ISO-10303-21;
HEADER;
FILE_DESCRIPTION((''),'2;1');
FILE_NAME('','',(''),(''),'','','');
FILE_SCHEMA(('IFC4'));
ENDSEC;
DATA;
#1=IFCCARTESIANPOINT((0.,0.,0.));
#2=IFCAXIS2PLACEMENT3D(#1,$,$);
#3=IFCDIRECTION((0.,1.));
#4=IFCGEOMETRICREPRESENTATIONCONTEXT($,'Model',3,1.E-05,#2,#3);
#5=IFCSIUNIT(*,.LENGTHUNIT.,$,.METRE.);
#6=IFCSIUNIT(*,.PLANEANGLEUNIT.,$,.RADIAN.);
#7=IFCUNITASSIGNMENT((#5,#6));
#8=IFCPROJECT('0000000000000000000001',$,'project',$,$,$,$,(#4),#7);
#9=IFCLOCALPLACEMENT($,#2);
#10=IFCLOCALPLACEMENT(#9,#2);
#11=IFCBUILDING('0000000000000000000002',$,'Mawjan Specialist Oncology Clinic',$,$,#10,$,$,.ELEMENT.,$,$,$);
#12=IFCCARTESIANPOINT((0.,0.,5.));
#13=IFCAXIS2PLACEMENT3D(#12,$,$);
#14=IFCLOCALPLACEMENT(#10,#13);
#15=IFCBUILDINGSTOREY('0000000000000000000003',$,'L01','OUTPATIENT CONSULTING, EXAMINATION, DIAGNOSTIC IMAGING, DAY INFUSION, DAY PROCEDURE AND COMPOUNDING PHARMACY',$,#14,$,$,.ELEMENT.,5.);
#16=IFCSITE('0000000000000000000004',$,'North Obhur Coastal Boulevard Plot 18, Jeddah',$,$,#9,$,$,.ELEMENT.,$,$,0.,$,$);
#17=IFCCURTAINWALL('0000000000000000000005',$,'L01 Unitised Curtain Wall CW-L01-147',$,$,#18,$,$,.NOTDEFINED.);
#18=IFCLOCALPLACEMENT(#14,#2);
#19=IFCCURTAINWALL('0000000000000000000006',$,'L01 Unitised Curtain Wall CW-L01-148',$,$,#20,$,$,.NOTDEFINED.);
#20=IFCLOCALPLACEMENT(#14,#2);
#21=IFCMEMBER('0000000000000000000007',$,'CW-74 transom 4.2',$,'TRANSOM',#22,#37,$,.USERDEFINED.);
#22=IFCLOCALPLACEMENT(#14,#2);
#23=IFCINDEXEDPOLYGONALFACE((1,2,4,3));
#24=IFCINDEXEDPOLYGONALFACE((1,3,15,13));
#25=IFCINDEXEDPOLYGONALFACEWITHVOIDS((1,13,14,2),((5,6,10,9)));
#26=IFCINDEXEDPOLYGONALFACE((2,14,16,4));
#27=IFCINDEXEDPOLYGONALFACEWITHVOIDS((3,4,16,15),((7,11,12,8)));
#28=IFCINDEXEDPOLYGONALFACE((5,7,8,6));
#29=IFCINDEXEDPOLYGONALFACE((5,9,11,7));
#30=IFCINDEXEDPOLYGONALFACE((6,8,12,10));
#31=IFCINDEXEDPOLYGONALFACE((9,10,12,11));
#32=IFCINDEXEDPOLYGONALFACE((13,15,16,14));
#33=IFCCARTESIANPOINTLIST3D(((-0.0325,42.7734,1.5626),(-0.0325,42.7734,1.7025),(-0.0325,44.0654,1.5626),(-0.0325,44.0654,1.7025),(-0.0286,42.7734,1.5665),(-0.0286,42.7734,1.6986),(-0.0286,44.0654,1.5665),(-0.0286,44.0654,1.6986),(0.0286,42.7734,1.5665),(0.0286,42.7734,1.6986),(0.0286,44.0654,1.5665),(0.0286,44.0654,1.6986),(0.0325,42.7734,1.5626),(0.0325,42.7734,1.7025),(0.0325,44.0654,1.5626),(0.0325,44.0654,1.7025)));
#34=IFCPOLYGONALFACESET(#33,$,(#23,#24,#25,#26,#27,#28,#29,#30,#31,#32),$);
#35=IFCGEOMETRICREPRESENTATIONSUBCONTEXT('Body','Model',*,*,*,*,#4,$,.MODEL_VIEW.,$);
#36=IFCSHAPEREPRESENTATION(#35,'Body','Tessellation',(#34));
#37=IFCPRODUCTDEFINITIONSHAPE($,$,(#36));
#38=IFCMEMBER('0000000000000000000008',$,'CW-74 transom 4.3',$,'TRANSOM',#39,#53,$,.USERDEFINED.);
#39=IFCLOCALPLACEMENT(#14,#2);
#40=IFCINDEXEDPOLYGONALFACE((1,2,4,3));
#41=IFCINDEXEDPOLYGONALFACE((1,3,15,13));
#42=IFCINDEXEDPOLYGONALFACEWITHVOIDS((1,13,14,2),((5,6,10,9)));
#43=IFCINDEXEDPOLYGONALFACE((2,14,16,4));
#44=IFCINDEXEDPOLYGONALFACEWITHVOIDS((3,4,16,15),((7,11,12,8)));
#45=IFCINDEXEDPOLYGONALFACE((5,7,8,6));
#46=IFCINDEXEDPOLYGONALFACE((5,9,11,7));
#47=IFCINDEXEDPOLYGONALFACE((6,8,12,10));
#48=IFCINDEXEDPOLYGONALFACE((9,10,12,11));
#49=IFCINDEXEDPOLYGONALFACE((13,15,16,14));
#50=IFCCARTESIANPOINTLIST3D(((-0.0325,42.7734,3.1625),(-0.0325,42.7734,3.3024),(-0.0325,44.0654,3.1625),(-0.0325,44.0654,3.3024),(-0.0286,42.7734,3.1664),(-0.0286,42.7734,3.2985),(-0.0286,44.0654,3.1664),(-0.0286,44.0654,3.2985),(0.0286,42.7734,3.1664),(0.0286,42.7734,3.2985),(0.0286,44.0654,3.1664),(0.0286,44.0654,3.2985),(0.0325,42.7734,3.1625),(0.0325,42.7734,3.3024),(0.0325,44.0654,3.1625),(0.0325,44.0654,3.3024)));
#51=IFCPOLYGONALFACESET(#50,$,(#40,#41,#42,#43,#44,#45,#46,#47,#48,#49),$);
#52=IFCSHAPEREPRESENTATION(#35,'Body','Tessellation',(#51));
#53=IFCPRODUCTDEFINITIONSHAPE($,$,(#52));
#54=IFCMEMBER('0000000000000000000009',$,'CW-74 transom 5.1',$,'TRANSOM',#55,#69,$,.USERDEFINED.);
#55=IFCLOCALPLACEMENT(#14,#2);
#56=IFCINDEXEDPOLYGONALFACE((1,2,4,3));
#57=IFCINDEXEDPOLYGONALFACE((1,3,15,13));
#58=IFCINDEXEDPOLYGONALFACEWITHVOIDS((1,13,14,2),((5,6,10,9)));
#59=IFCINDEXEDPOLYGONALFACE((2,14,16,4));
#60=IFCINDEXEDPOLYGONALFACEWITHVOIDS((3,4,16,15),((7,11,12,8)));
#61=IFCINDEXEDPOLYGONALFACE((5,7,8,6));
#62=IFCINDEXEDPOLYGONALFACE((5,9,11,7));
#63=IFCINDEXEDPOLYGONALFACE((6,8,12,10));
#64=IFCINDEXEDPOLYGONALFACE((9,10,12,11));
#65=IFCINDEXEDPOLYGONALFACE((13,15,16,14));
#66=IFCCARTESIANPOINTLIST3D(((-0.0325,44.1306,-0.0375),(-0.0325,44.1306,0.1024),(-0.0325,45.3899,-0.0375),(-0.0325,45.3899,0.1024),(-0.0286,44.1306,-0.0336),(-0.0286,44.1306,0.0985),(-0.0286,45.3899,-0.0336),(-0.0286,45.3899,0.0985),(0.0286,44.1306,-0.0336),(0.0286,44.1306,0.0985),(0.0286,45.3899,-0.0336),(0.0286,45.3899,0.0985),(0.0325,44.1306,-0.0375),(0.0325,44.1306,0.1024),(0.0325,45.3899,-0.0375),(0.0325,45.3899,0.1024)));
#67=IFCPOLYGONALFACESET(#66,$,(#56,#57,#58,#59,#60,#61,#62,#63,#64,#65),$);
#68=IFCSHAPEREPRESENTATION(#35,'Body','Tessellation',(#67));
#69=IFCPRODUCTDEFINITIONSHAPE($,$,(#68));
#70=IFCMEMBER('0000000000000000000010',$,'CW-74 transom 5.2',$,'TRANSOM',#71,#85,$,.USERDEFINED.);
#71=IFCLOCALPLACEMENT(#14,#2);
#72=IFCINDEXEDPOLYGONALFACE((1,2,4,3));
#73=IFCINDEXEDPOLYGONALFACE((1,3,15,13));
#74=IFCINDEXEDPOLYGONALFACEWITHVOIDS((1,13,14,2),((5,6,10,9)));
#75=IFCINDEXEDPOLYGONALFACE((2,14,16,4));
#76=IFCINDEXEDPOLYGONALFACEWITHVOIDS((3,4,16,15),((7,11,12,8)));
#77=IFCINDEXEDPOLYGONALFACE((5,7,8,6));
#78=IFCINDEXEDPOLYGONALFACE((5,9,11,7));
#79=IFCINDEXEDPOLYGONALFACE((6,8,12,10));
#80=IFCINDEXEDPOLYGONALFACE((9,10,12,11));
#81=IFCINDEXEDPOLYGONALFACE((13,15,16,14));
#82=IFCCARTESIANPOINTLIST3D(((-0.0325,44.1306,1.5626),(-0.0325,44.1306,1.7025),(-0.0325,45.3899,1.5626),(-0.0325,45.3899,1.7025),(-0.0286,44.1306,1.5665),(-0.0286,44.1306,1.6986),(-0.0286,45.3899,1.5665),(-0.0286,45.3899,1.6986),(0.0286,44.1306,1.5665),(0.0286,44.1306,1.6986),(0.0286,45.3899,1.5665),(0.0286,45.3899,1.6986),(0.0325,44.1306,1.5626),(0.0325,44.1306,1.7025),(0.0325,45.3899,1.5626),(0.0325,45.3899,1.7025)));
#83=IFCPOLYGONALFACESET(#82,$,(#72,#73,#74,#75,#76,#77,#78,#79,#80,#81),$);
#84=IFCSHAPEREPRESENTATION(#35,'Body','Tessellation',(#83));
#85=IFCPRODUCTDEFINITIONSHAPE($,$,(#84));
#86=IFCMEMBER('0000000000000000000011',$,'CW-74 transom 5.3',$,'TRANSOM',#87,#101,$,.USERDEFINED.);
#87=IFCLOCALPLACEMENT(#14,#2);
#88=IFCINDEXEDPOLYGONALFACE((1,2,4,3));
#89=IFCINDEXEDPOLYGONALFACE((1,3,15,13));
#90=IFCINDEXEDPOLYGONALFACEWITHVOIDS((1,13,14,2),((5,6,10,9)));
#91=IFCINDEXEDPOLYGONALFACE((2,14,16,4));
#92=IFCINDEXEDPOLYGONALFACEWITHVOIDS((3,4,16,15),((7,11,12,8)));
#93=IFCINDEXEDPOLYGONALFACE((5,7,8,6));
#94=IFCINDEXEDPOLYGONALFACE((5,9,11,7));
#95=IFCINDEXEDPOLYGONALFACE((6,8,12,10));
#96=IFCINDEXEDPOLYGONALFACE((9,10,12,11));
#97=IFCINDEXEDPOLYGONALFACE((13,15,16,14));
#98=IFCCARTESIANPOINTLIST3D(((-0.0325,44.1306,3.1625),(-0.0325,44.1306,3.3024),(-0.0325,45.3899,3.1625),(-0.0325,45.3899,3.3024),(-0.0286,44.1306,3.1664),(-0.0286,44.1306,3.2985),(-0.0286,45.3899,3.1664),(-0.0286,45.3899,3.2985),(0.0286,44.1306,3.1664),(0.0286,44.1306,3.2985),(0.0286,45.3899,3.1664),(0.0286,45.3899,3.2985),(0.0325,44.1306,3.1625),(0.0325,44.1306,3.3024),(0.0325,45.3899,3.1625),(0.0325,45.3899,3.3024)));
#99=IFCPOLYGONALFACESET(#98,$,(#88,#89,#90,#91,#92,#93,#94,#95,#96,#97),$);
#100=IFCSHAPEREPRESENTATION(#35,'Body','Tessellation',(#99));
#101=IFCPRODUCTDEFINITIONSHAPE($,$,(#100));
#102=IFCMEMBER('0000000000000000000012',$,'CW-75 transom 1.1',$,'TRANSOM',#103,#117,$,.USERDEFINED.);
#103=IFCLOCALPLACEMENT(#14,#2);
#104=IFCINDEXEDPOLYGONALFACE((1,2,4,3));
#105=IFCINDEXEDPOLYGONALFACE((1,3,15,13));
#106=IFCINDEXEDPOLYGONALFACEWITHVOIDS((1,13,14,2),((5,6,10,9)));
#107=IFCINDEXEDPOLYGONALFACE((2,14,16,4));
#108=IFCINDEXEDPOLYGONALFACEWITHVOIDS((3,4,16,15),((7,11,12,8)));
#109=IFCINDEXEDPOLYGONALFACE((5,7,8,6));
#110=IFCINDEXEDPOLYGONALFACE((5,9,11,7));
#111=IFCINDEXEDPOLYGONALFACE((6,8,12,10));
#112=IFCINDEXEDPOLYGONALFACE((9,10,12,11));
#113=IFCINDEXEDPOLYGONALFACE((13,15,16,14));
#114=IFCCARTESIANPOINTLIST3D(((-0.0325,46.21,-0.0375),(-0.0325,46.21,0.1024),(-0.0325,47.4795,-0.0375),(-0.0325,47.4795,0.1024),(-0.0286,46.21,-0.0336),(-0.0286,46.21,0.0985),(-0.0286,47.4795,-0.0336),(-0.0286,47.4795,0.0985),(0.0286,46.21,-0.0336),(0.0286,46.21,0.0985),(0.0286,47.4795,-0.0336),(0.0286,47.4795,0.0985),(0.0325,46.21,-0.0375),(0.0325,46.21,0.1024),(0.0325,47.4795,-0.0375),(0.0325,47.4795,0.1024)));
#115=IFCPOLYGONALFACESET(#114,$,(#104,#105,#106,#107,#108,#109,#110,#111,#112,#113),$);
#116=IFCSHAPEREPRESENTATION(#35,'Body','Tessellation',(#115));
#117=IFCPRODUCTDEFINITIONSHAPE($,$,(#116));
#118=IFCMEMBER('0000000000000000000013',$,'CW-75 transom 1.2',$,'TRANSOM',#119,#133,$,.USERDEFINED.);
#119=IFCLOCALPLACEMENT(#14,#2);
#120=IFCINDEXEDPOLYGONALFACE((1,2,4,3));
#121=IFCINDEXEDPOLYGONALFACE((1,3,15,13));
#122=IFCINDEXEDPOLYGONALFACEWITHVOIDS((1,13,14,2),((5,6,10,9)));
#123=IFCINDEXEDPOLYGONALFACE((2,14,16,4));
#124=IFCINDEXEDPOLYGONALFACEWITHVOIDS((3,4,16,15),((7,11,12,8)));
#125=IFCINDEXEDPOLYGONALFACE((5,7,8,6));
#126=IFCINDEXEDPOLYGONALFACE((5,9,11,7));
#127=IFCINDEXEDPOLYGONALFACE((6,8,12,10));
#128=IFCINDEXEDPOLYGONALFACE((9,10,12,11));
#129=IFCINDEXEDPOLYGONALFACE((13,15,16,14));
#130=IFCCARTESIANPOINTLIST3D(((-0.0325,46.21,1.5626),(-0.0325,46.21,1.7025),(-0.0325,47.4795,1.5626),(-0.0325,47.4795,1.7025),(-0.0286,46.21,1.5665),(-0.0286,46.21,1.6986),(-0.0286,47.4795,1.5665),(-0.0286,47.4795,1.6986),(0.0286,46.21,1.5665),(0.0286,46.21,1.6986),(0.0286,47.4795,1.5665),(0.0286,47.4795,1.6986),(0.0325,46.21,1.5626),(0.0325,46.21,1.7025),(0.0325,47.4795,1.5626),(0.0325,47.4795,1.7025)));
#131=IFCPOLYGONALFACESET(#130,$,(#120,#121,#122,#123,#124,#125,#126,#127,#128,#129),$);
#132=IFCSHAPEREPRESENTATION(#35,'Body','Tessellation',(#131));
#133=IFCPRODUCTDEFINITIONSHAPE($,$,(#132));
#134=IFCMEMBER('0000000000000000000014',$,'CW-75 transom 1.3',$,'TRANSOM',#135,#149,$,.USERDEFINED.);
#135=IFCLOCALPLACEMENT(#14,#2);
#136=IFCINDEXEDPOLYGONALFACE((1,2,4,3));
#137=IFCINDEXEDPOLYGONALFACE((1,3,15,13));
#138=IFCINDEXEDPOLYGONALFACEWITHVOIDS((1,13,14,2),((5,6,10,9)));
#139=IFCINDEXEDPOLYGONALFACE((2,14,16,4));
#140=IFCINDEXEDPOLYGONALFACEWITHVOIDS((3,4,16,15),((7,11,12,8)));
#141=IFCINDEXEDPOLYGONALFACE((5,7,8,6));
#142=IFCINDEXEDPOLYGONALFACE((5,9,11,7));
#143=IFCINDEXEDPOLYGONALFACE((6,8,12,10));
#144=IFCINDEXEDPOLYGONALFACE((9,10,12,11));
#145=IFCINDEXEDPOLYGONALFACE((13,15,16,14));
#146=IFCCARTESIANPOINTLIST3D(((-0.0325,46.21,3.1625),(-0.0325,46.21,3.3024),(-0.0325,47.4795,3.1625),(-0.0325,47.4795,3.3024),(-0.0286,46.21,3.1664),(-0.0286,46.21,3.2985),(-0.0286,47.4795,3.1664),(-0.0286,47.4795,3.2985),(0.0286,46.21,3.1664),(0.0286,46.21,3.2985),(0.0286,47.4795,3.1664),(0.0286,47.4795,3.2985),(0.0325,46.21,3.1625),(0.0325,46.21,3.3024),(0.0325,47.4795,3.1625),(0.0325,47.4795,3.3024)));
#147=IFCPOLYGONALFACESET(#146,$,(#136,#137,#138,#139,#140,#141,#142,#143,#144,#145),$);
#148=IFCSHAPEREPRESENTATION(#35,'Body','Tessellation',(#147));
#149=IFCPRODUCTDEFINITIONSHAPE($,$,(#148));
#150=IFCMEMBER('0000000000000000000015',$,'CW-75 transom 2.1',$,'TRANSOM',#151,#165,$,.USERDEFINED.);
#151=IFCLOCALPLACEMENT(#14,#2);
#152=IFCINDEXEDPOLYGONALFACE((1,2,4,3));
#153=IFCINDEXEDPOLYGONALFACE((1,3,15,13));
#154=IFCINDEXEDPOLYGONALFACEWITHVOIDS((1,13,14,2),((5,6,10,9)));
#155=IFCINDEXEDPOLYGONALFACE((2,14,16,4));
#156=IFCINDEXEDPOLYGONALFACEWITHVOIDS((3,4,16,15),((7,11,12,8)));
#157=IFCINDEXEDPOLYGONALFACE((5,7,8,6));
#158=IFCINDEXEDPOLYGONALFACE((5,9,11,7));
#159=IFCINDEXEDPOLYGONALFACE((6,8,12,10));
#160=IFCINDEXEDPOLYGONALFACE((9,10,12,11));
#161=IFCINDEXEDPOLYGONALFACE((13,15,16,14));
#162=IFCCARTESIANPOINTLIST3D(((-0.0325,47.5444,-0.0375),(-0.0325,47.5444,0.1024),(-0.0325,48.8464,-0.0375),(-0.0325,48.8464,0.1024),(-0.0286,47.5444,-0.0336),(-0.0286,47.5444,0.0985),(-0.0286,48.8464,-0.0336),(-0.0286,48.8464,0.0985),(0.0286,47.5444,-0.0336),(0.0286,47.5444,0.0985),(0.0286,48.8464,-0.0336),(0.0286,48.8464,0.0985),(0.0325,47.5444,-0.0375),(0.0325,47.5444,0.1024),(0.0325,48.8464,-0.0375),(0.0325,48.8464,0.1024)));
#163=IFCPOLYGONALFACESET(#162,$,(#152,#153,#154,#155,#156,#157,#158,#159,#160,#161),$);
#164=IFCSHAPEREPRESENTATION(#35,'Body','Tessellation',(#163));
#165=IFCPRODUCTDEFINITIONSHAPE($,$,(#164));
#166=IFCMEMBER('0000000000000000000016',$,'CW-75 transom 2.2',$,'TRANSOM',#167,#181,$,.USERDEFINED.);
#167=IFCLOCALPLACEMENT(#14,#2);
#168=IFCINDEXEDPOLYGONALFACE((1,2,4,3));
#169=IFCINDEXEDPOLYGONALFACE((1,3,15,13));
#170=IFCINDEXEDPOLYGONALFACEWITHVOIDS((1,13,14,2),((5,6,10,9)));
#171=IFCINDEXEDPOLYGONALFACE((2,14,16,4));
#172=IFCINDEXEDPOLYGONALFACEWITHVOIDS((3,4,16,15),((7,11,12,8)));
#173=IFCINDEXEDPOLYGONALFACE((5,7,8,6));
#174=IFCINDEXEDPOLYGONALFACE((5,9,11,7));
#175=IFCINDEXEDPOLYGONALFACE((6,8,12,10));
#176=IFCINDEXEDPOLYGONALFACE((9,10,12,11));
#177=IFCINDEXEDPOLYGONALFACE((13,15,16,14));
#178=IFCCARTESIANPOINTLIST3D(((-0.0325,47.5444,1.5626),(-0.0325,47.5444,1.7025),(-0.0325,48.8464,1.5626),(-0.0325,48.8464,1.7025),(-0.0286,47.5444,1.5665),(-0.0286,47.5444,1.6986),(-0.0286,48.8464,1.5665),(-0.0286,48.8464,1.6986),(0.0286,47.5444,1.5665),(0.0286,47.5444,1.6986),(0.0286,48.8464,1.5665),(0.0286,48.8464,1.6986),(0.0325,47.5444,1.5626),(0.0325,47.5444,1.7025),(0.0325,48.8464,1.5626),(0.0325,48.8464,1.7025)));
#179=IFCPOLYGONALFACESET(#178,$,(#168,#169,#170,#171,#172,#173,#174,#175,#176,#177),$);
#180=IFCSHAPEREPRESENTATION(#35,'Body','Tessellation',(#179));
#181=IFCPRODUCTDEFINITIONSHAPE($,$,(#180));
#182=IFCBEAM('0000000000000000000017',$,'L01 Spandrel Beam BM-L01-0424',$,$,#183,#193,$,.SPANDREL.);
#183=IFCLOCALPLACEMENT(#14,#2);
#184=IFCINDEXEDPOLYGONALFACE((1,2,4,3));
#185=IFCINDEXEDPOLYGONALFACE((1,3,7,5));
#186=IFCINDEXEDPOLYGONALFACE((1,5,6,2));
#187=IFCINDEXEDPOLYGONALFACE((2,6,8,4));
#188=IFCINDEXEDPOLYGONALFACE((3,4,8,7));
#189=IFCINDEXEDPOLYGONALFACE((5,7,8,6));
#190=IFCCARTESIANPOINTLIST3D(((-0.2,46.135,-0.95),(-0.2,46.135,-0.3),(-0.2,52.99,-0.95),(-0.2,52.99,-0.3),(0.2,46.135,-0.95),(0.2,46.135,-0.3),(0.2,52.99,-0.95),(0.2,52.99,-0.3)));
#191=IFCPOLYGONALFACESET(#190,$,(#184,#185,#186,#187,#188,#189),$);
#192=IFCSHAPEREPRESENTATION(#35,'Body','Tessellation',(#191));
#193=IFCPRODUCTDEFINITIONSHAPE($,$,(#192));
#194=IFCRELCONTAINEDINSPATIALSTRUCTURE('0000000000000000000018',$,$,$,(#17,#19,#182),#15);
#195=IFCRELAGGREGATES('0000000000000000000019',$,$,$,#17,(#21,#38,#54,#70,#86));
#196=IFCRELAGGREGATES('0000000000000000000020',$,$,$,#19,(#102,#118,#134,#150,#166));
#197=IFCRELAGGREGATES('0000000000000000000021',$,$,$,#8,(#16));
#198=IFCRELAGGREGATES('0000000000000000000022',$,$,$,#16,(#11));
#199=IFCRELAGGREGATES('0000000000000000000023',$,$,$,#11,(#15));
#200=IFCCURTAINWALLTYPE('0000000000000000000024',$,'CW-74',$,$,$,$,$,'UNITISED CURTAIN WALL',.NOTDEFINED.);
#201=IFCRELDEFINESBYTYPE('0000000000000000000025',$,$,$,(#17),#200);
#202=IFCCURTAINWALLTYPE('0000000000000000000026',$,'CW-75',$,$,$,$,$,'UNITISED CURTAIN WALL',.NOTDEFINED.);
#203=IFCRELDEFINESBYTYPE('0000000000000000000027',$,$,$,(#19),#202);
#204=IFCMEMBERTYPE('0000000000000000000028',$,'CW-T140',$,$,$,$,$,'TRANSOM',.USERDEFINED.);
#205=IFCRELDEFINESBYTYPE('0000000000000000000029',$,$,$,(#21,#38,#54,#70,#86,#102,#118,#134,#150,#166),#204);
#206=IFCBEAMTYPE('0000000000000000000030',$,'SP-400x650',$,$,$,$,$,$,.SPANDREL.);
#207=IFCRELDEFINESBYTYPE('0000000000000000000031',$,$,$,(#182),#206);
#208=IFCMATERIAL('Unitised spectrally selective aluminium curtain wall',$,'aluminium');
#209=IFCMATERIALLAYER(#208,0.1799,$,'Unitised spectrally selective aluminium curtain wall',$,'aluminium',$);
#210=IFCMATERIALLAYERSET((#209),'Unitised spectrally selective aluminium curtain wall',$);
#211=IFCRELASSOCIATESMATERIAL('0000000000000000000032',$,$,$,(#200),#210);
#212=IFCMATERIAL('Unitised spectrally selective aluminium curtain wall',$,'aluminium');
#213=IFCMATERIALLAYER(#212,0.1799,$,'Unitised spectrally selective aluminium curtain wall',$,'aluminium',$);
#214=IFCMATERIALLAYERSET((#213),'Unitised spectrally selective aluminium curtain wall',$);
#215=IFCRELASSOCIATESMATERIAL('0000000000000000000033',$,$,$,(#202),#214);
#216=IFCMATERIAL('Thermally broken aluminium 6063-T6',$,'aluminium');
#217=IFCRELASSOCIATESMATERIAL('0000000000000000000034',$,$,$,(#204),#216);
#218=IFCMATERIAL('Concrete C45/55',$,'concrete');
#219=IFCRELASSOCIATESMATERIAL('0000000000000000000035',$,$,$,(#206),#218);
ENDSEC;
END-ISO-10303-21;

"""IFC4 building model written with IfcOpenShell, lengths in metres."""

from ifc_helpers import new_model, si_unit, direction, frame, origin, origin_2d, place, context, subcontext, project, spatial, rectangle, hollow_rectangle, extrude, material, layer, layer_set, material_profile, profile_set, type_object, element, aggregate, save


model = new_model("IFC4")

# Units and contexts
model_context = context("Model", 3, precision=1e-05, world=origin(), true_north=direction((0.0, 1.0)))
body_context = subcontext(model_context, "Body", "Model", "MODEL_VIEW")
ifc_project = project(units=[si_unit("LENGTHUNIT", "METRE"), si_unit("PLANEANGLEUNIT", "RADIAN")], contexts=[model_context])

# Site, building, storey
site_placement = place(None, origin())
site = spatial("IfcSite", under=ifc_project, at=site_placement, Name="North Obhur Coastal Boulevard Plot 18, Jeddah", CompositionType="ELEMENT", RefElevation=0.0)
building_placement = place(site_placement, origin())
building = spatial("IfcBuilding", under=site, at=building_placement, Name="Mawjan Specialist Oncology Clinic", CompositionType="ELEMENT")
storey_placement = place(building_placement, frame((0.0, 0.0, 5.0)))
storey = spatial("IfcBuildingStorey", under=building, at=storey_placement, Name="L01", Description="OUTPATIENT CONSULTING, EXAMINATION, DIAGNOSTIC IMAGING, DAY INFUSION, DAY PROCEDURE AND COMPOUNDING PHARMACY", CompositionType="ELEMENT", Elevation=5.0)

# Curtain walls
ifc_material_1 = material(Name="Unitised spectrally selective aluminium curtain wall", Category="aluminium")
ifc_layer_1 = layer(ifc_material_1, 0.1799, Name="Unitised spectrally selective aluminium curtain wall", Category="aluminium")
ifc_layer_set_1 = layer_set([ifc_layer_1], Name="Unitised spectrally selective aluminium curtain wall")
curtain_wall_type_1 = type_object("IfcCurtainWallType", Name="CW-74", ElementType="UNITISED CURTAIN WALL", PredefinedType="NOTDEFINED", material=ifc_layer_set_1)
curtain_wall_1_placement = place(storey_placement, origin())
curtain_wall_1 = element("IfcCurtainWall", 1, at=curtain_wall_1_placement, inside=storey, type_object=curtain_wall_type_1, Name="L01 Unitised Curtain Wall CW-L01-147", PredefinedType="NOTDEFINED")
ifc_material_2 = material(Name="Unitised spectrally selective aluminium curtain wall", Category="aluminium")
ifc_layer_2 = layer(ifc_material_2, 0.1799, Name="Unitised spectrally selective aluminium curtain wall", Category="aluminium")
ifc_layer_set_2 = layer_set([ifc_layer_2], Name="Unitised spectrally selective aluminium curtain wall")
curtain_wall_type_2 = type_object("IfcCurtainWallType", Name="CW-75", ElementType="UNITISED CURTAIN WALL", PredefinedType="NOTDEFINED", material=ifc_layer_set_2)
curtain_wall_2_placement = place(storey_placement, origin())
curtain_wall_2 = element("IfcCurtainWall", 2, at=curtain_wall_2_placement, inside=storey, type_object=curtain_wall_type_2, Name="L01 Unitised Curtain Wall CW-L01-148", PredefinedType="NOTDEFINED")

# Members
ifc_material_3 = material(Name="Thermally broken aluminium 6063-T6", Category="aluminium")
ifc_material_profile_1 = material_profile(ifc_material_3, hollow_rectangle(XDim=0.0649, YDim=0.1399, WallThickness=0.0039, at=origin_2d()), Name="ALU TRANSOM 140x65x4", Category="aluminium")
ifc_profile_set_1 = profile_set([ifc_material_profile_1], Name="Thermally broken aluminium 6063-T6")
member_type_1 = type_object("IfcMemberType", Name="CW-T140", ElementType="TRANSOM", PredefinedType="USERDEFINED", material=ifc_profile_set_1)
member_1_placement = place(storey_placement, frame((0.0, 42.7734, 1.6326), z_axis=(0.0, 1.0, 0.0), x_axis=(-1.0, 0.0, 0.0)))
member_1 = element("IfcMember", 3, at=member_1_placement, type_object=member_type_1, Name="CW-74 transom 4.2", ObjectType="TRANSOM", PredefinedType="USERDEFINED", context=body_context, shape_type="SweptSolid", body=[
    extrude(hollow_rectangle(XDim=0.0649, YDim=0.1399, WallThickness=0.0039, at=origin_2d()), origin(), (0.0, 0.0, 1.0), 1.292),
])
member_2_placement = place(storey_placement, frame((0.0, 42.7734, 3.2324), z_axis=(0.0, 1.0, 0.0), x_axis=(-1.0, 0.0, 0.0)))
member_2 = element("IfcMember", 4, at=member_2_placement, type_object=member_type_1, Name="CW-74 transom 4.3", ObjectType="TRANSOM", PredefinedType="USERDEFINED", context=body_context, shape_type="SweptSolid", body=[
    extrude(hollow_rectangle(XDim=0.0649, YDim=0.1399, WallThickness=0.0039, at=origin_2d()), origin(), (0.0, 0.0, 1.0), 1.292),
])
member_3_placement = place(storey_placement, frame((0.0, 44.1306, 0.0325), z_axis=(0.0, 1.0, 0.0), x_axis=(-1.0, 0.0, 0.0)))
member_3 = element("IfcMember", 5, at=member_3_placement, type_object=member_type_1, Name="CW-74 transom 5.1", ObjectType="TRANSOM", PredefinedType="USERDEFINED", context=body_context, shape_type="SweptSolid", body=[
    extrude(hollow_rectangle(XDim=0.0649, YDim=0.1399, WallThickness=0.0039, at=origin_2d()), origin(), (0.0, 0.0, 1.0), 1.2593),
])
member_4_placement = place(storey_placement, frame((0.0, 44.1306, 1.6326), z_axis=(0.0, 1.0, 0.0), x_axis=(-1.0, 0.0, 0.0)))
member_4 = element("IfcMember", 6, at=member_4_placement, type_object=member_type_1, Name="CW-74 transom 5.2", ObjectType="TRANSOM", PredefinedType="USERDEFINED", context=body_context, shape_type="SweptSolid", body=[
    extrude(hollow_rectangle(XDim=0.0649, YDim=0.1399, WallThickness=0.0039, at=origin_2d()), origin(), (0.0, 0.0, 1.0), 1.2593),
])
member_5_placement = place(storey_placement, frame((0.0, 44.1306, 3.2324), z_axis=(0.0, 1.0, 0.0), x_axis=(-1.0, 0.0, 0.0)))
member_5 = element("IfcMember", 7, at=member_5_placement, type_object=member_type_1, Name="CW-74 transom 5.3", ObjectType="TRANSOM", PredefinedType="USERDEFINED", context=body_context, shape_type="SweptSolid", body=[
    extrude(hollow_rectangle(XDim=0.0649, YDim=0.1399, WallThickness=0.0039, at=origin_2d()), origin(), (0.0, 0.0, 1.0), 1.2593),
])
member_6_placement = place(storey_placement, frame((0.0, 46.21, 0.0325), z_axis=(0.0, 1.0, 0.0), x_axis=(-1.0, 0.0, 0.0)))
member_6 = element("IfcMember", 8, at=member_6_placement, type_object=member_type_1, Name="CW-75 transom 1.1", ObjectType="TRANSOM", PredefinedType="USERDEFINED", context=body_context, shape_type="SweptSolid", body=[
    extrude(hollow_rectangle(XDim=0.0649, YDim=0.1399, WallThickness=0.0039, at=origin_2d()), origin(), (0.0, 0.0, 1.0), 1.2695),
])
member_7_placement = place(storey_placement, frame((0.0, 46.21, 1.6326), z_axis=(0.0, 1.0, 0.0), x_axis=(-1.0, 0.0, 0.0)))
member_7 = element("IfcMember", 9, at=member_7_placement, type_object=member_type_1, Name="CW-75 transom 1.2", ObjectType="TRANSOM", PredefinedType="USERDEFINED", context=body_context, shape_type="SweptSolid", body=[
    extrude(hollow_rectangle(XDim=0.0649, YDim=0.1399, WallThickness=0.0039, at=origin_2d()), origin(), (0.0, 0.0, 1.0), 1.2695),
])
member_8_placement = place(storey_placement, frame((0.0, 46.21, 3.2324), z_axis=(0.0, 1.0, 0.0), x_axis=(-1.0, 0.0, 0.0)))
member_8 = element("IfcMember", 10, at=member_8_placement, type_object=member_type_1, Name="CW-75 transom 1.3", ObjectType="TRANSOM", PredefinedType="USERDEFINED", context=body_context, shape_type="SweptSolid", body=[
    extrude(hollow_rectangle(XDim=0.0649, YDim=0.1399, WallThickness=0.0039, at=origin_2d()), origin(), (0.0, 0.0, 1.0), 1.2695),
])
member_9_placement = place(storey_placement, frame((0.0, 47.5444, 0.0325), z_axis=(0.0, 1.0, 0.0), x_axis=(-1.0, 0.0, 0.0)))
member_9 = element("IfcMember", 11, at=member_9_placement, type_object=member_type_1, Name="CW-75 transom 2.1", ObjectType="TRANSOM", PredefinedType="USERDEFINED", context=body_context, shape_type="SweptSolid", body=[
    extrude(hollow_rectangle(XDim=0.0649, YDim=0.1399, WallThickness=0.0039, at=origin_2d()), origin(), (0.0, 0.0, 1.0), 1.302),
])
member_10_placement = place(storey_placement, frame((0.0, 47.5444, 1.6326), z_axis=(0.0, 1.0, 0.0), x_axis=(-1.0, 0.0, 0.0)))
member_10 = element("IfcMember", 12, at=member_10_placement, type_object=member_type_1, Name="CW-75 transom 2.2", ObjectType="TRANSOM", PredefinedType="USERDEFINED", context=body_context, shape_type="SweptSolid", body=[
    extrude(hollow_rectangle(XDim=0.0649, YDim=0.1399, WallThickness=0.0039, at=origin_2d()), origin(), (0.0, 0.0, 1.0), 1.302),
])

# Beam
ifc_material_4 = material(Name="Concrete C45/55", Category="concrete")
ifc_material_profile_2 = material_profile(ifc_material_4, rectangle(XDim=0.3999, YDim=0.6499, at=origin_2d()), Name="RC BM 400x650", Category="concrete")
ifc_profile_set_2 = profile_set([ifc_material_profile_2], Name="Concrete C45/55")
beam_type_1 = type_object("IfcBeamType", Name="SP-400x650", PredefinedType="SPANDREL", material=ifc_profile_set_2)
beam_1_placement = place(storey_placement, frame((0.0, 46.135, -0.625), z_axis=(0.0, 1.0, 0.0), x_axis=(-1.0, 0.0, 0.0)))
element("IfcBeam", 13, at=beam_1_placement, inside=storey, type_object=beam_type_1, Name="L01 Spandrel Beam BM-L01-0424", PredefinedType="SPANDREL", context=body_context, shape_type="SweptSolid", body=[
    extrude(rectangle(XDim=0.3999, YDim=0.6499, at=origin_2d()), origin(), (0.0, 0.0, 1.0), 6.855),
])

aggregate(curtain_wall_1, [member_1, member_2, member_3, member_4, member_5])
aggregate(curtain_wall_2, [member_6, member_7, member_8, member_9, member_10])

save(model, "model.ifc")
